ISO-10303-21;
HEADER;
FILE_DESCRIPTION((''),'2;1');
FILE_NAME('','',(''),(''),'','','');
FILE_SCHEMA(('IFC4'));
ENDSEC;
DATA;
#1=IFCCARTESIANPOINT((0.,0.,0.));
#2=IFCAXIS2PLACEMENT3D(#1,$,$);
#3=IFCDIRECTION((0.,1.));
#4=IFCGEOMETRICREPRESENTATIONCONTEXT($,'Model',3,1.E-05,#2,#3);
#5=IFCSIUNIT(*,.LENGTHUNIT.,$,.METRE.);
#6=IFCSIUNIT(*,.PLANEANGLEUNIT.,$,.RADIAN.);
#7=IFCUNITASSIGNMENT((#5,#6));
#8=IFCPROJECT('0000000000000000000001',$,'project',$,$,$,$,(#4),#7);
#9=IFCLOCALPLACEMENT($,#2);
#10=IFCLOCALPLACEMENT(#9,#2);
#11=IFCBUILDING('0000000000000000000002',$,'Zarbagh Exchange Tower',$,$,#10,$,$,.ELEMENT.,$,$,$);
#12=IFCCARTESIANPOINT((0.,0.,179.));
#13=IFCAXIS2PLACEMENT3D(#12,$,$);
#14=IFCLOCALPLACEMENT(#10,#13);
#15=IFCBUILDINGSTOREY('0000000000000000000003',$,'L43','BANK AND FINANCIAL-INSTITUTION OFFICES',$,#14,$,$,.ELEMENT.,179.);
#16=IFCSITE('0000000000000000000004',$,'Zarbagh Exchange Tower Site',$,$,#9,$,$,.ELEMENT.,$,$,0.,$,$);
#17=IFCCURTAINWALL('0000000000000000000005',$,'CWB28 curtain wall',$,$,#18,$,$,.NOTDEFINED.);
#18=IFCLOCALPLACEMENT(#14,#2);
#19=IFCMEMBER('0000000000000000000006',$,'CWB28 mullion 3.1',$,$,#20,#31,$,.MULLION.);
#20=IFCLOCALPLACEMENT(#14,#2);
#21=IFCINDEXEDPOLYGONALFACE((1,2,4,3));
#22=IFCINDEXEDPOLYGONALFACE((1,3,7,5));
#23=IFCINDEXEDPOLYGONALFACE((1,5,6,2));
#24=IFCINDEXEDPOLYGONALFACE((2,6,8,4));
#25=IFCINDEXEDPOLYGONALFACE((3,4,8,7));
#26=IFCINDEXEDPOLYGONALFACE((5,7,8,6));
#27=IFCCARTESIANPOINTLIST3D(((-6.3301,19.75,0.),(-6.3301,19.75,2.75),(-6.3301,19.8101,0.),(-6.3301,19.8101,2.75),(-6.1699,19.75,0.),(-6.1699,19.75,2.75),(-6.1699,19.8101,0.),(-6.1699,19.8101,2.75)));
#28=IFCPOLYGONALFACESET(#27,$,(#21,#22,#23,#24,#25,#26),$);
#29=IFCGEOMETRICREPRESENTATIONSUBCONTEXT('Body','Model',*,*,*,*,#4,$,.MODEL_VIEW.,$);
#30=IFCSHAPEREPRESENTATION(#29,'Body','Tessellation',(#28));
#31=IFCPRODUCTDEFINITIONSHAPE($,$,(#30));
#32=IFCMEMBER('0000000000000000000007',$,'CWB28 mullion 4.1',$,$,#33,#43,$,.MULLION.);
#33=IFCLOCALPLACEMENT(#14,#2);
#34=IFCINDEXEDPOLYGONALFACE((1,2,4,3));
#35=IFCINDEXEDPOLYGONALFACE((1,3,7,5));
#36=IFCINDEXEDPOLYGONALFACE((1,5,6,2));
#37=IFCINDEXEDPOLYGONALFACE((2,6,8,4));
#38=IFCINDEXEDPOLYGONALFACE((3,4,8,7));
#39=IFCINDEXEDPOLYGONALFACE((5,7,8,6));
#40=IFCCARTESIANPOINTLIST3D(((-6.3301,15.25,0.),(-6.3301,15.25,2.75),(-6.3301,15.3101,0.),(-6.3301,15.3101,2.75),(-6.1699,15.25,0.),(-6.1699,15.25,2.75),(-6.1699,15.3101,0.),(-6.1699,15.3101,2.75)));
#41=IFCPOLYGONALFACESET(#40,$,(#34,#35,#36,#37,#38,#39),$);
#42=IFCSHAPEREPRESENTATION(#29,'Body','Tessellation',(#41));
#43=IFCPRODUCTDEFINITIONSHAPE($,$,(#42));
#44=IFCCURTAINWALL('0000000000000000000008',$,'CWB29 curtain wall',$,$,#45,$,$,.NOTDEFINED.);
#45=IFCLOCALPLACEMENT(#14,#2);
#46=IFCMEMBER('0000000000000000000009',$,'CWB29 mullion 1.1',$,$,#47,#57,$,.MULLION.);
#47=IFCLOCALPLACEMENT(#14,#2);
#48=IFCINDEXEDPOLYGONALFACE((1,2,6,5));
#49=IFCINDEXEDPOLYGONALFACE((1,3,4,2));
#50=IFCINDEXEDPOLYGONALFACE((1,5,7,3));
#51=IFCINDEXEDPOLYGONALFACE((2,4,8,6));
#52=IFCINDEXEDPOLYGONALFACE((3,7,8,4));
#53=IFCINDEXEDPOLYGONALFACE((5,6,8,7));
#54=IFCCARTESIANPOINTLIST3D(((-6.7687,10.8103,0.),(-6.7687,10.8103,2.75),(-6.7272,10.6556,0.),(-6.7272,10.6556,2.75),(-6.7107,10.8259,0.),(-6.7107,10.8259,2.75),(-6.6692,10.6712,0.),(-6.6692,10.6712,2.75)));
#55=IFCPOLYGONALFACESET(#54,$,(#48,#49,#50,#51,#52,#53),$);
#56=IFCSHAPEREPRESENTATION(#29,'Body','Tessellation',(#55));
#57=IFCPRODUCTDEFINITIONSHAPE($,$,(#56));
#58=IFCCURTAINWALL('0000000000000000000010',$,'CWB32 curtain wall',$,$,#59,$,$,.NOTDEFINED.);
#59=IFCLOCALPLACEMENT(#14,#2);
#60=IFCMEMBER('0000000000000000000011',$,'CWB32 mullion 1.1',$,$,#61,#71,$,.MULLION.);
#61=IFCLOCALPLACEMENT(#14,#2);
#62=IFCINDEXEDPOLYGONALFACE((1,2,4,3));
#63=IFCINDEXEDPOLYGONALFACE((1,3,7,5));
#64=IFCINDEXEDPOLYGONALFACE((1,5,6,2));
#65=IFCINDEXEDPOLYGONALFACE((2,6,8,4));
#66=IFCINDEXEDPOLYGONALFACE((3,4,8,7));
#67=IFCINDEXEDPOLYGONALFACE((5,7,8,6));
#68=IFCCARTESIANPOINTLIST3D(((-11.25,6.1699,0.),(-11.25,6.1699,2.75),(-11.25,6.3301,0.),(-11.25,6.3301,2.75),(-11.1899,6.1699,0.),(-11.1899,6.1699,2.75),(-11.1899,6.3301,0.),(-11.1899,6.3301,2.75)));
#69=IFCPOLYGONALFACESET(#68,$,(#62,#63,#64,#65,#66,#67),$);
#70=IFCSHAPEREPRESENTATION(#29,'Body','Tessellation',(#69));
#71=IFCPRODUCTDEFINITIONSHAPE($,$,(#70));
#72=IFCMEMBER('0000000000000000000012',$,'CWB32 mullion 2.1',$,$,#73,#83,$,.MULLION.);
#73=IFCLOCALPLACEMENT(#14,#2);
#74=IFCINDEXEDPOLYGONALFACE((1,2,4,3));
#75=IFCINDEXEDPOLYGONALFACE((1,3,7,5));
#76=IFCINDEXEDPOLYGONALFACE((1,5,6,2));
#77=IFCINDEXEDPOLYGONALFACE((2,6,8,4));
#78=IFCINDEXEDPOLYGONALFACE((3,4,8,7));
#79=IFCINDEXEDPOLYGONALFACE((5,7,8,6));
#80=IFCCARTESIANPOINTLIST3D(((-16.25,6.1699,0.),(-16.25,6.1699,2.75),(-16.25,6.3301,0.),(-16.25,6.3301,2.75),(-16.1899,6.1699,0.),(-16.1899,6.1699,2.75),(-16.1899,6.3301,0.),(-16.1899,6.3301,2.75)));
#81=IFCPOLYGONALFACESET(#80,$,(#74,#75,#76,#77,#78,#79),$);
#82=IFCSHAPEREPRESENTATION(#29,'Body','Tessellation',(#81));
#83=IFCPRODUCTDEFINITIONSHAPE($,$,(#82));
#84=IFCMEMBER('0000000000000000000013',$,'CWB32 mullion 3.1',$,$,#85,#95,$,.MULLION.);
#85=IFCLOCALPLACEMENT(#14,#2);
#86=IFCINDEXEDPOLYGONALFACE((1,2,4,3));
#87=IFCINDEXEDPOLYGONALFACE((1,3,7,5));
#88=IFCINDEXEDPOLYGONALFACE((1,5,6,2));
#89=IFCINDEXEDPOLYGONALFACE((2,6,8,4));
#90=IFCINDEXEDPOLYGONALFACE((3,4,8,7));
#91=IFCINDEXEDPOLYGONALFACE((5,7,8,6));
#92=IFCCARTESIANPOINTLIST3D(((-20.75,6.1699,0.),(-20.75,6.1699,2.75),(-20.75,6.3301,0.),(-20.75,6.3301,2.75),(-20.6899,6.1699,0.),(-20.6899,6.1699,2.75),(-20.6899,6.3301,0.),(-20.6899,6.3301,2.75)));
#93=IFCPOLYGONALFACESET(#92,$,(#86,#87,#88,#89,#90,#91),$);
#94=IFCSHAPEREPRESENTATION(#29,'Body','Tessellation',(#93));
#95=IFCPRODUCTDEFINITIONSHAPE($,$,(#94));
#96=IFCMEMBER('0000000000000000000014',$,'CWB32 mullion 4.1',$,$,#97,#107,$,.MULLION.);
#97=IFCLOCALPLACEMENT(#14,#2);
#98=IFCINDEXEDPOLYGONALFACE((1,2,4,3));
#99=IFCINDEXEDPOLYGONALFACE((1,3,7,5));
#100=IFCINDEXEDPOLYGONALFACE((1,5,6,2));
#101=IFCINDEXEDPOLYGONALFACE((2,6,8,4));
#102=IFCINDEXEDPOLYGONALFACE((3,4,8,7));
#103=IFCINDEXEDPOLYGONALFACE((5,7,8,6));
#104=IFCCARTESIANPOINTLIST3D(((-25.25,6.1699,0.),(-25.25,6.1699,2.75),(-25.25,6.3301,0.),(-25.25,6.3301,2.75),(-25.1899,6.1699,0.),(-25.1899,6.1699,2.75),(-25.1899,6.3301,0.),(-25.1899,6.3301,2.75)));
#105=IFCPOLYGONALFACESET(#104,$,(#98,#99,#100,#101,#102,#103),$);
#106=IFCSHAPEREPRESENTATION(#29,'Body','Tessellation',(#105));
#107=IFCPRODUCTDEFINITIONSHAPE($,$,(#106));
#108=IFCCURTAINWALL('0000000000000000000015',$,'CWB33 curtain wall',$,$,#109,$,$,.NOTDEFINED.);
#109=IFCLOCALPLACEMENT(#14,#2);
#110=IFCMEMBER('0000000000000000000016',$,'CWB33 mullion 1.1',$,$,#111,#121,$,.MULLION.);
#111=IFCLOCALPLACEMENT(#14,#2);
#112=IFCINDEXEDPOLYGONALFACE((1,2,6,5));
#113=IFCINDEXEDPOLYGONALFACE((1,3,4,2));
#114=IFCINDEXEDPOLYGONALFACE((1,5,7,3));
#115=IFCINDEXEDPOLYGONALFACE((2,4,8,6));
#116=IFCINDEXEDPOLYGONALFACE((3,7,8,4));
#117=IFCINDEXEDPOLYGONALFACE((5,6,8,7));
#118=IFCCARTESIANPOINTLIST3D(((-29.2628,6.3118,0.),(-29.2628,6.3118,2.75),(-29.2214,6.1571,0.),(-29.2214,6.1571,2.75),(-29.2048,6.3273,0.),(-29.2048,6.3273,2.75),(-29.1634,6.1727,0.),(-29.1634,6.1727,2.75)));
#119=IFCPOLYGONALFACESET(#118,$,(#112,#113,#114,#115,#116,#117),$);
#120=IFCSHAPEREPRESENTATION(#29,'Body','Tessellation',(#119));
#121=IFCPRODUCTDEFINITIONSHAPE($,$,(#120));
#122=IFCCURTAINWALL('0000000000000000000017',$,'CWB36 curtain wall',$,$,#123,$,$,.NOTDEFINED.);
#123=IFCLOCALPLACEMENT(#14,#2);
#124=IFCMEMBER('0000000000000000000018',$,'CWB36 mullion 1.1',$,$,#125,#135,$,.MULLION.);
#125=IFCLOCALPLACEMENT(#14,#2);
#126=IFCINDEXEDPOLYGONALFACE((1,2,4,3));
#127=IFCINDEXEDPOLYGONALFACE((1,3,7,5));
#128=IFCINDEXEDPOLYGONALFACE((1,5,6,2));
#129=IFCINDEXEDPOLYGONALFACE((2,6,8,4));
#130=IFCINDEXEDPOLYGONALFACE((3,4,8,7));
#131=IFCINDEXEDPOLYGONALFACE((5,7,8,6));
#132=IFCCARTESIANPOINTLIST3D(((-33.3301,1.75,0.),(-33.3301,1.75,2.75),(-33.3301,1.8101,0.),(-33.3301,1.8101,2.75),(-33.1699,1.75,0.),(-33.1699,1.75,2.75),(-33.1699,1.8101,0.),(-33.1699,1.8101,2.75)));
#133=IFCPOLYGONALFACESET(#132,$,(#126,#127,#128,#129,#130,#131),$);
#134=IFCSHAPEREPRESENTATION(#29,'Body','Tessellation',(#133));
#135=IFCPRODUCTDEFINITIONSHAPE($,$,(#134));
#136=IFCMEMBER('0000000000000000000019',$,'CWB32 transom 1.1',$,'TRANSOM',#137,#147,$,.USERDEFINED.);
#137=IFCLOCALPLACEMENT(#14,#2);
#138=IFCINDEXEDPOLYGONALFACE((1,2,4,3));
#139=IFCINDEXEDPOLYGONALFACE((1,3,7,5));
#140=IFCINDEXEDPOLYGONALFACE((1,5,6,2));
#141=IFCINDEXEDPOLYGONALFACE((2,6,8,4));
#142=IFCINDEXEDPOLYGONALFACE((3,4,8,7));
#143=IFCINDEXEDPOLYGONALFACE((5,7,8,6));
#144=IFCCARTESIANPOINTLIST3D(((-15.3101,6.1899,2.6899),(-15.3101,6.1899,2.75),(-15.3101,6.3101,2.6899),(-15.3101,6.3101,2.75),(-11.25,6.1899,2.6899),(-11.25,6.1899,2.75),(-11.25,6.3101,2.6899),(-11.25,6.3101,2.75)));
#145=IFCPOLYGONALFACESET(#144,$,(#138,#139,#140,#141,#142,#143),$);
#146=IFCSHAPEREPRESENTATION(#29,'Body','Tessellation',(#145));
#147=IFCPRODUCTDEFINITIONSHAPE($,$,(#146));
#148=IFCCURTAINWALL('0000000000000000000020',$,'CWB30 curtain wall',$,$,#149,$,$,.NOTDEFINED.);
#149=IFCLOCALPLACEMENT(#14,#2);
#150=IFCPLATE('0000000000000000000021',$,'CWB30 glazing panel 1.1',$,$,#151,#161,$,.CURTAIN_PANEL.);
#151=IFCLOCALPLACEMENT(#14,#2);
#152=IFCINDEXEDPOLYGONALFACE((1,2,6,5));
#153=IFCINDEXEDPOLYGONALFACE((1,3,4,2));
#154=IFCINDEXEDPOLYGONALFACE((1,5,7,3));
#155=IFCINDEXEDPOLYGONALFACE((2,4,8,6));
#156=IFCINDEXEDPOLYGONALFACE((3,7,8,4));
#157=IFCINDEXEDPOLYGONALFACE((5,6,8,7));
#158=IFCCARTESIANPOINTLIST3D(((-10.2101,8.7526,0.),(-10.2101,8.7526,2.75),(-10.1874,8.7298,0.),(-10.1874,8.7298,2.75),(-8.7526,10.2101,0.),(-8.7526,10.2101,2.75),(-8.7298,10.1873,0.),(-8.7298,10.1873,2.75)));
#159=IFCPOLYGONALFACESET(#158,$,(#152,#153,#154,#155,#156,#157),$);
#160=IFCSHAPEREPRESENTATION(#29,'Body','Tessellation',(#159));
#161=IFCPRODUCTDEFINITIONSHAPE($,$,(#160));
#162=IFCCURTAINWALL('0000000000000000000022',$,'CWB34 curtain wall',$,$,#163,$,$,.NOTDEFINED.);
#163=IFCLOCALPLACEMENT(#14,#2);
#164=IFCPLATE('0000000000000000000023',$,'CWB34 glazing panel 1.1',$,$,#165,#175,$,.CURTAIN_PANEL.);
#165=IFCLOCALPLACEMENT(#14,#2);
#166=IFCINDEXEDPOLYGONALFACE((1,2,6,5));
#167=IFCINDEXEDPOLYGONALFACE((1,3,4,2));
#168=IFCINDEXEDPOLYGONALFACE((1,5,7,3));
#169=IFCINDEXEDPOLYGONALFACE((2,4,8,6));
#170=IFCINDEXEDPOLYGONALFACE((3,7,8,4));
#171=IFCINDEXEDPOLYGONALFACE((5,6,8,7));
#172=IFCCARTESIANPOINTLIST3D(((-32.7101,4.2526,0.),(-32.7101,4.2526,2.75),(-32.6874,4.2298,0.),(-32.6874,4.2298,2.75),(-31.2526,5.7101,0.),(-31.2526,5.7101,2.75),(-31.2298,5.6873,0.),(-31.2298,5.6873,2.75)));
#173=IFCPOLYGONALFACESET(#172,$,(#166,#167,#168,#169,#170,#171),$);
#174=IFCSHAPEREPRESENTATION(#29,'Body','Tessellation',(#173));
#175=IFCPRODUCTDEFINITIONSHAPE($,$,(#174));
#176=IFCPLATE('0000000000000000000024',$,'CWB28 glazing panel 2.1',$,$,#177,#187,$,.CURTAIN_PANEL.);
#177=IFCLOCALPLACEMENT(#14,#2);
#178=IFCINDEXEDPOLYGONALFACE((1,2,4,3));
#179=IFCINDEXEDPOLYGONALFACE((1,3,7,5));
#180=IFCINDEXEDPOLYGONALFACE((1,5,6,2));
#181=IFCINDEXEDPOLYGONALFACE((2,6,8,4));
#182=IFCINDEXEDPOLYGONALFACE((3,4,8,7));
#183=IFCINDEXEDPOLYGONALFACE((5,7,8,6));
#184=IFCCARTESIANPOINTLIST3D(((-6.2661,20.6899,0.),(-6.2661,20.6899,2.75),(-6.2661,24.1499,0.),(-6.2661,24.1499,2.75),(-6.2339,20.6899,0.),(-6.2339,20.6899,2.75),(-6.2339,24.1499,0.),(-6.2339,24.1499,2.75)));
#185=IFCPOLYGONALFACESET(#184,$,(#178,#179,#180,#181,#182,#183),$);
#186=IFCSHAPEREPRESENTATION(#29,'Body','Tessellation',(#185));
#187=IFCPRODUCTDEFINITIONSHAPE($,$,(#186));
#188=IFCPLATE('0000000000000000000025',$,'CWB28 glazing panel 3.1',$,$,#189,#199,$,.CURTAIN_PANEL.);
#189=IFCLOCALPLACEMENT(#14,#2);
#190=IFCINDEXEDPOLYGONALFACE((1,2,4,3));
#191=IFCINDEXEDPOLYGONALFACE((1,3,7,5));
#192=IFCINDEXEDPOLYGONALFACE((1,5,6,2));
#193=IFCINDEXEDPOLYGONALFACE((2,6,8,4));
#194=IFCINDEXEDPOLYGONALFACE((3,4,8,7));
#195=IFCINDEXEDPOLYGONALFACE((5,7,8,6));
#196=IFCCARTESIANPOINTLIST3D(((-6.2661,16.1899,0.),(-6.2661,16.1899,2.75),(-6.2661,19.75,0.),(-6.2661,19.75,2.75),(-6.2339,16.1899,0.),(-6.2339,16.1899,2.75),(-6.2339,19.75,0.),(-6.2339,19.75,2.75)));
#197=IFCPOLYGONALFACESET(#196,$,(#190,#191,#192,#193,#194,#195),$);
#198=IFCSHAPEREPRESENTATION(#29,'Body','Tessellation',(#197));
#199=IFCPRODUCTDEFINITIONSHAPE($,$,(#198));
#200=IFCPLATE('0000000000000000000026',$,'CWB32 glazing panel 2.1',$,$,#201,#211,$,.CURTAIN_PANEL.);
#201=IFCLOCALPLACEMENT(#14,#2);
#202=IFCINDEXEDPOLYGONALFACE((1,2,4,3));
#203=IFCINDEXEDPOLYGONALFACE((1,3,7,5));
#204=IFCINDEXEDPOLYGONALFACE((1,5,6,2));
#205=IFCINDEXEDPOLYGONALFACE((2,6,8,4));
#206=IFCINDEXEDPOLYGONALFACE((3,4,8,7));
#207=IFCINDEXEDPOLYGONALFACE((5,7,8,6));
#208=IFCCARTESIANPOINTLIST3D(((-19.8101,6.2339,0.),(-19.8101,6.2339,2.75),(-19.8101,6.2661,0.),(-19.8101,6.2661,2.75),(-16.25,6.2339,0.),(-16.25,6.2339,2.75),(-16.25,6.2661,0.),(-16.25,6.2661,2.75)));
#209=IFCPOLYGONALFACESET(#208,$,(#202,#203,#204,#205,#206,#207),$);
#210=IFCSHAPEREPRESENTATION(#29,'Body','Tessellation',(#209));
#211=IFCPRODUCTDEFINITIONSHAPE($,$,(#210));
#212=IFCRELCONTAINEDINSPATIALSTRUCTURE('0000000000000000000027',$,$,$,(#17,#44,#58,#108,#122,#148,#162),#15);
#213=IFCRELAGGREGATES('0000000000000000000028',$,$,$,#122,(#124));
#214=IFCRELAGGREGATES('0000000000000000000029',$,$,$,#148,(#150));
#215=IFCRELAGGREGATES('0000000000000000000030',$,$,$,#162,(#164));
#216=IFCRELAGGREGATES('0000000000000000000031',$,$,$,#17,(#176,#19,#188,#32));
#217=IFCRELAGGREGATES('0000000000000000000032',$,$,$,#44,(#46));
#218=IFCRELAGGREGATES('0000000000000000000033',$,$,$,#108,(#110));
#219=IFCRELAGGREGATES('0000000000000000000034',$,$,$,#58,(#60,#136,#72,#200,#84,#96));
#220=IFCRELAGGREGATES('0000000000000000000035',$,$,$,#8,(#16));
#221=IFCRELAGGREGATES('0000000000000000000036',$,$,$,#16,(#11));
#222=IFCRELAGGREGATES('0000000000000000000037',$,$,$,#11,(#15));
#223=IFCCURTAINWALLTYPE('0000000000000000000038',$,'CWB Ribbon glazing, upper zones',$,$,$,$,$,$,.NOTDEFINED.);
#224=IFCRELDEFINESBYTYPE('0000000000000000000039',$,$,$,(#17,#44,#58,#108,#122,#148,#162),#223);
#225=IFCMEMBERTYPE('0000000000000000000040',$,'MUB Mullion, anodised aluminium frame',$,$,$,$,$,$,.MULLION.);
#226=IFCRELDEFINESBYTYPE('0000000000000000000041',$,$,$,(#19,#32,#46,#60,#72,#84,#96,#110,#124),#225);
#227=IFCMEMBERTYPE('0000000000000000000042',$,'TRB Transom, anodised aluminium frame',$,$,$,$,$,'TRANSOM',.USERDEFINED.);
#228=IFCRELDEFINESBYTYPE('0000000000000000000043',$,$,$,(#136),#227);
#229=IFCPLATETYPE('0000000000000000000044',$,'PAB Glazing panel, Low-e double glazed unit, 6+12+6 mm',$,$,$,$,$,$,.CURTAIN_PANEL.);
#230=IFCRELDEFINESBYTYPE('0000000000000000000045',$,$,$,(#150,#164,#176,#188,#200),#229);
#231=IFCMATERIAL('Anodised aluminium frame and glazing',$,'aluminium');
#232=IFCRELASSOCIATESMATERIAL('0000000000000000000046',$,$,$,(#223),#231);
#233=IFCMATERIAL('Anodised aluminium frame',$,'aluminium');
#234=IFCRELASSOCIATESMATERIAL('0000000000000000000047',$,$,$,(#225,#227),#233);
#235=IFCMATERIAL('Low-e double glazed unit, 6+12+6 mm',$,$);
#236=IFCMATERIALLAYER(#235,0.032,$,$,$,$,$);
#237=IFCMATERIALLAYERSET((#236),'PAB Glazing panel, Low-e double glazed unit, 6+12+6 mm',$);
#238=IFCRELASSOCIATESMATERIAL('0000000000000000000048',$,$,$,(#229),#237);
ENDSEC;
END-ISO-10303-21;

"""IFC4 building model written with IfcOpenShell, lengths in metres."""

from ifc_helpers import new_model, si_unit, direction, frame, origin, place, context, subcontext, project, spatial, polyline, outline, extrude, source, transform, mapped, material, layer, layer_set, type_object, element, aggregate, save


model = new_model("IFC4")

# Units and contexts
model_context = context("Model", 3, precision=1e-05, world=origin(), true_north=direction((0.0, 1.0)))
body_context = subcontext(model_context, "Body", "Model", "MODEL_VIEW")
ifc_project = project(units=[si_unit("LENGTHUNIT", "METRE"), si_unit("PLANEANGLEUNIT", "RADIAN")], contexts=[model_context])

# Site, building, storey
site_placement = place(None, origin())
site = spatial("IfcSite", under=ifc_project, at=site_placement, Name="Zarbagh Exchange Tower Site", CompositionType="ELEMENT", RefElevation=0.0)
building_placement = place(site_placement, origin())
building = spatial("IfcBuilding", under=site, at=building_placement, Name="Zarbagh Exchange Tower", CompositionType="ELEMENT")
storey_placement = place(building_placement, frame((0.0, 0.0, 179.0)))
storey = spatial("IfcBuildingStorey", under=building, at=storey_placement, Name="L43", Description="BANK AND FINANCIAL-INSTITUTION OFFICES", CompositionType="ELEMENT", Elevation=179.0)

# Curtain wall, members
ifc_material_1 = material(Name="Anodised aluminium frame and glazing", Category="aluminium")
curtain_wall_type = type_object("IfcCurtainWallType", Name="CWB Ribbon glazing, upper zones", PredefinedType="NOTDEFINED", material=ifc_material_1)
curtain_wall_1_placement = place(storey_placement, origin())
curtain_wall_1 = element("IfcCurtainWall", 1, at=curtain_wall_1_placement, inside=storey, type_object=curtain_wall_type, Name="CWB28 curtain wall", PredefinedType="NOTDEFINED")
ifc_material_2 = material(Name="Anodised aluminium frame", Category="aluminium")
member_type_1 = type_object("IfcMemberType", Name="MUB Mullion, anodised aluminium frame", PredefinedType="MULLION", material=ifc_material_2)
shared_shape_1 = source(origin(), body_context, "Body", "SweptSolid", [
    extrude(outline(polyline([(0.0, -0.0801), (0.0601, -0.0801), (0.0601, 0.0801), (0.0, 0.0801), (0.0, -0.0801)])), origin(), (0.0, 0.0, 1.0), 2.75),
])
placement = place(storey_placement, origin())
member_1 = element("IfcMember", 2, at=placement, type_object=member_type_1, Name="CWB28 mullion 3.1", PredefinedType="MULLION", context=body_context, shape_type="MappedRepresentation", body=[
    mapped(shared_shape_1, transform((-6.25, 19.8101, 0.0), x_axis=(0.0, -1.0, 0.0), y_axis=(1.0, 0.0, 0.0), z_axis=(0.0, 0.0, 1.0))),
])
member_2 = element("IfcMember", 3, at=placement, type_object=member_type_1, Name="CWB28 mullion 4.1", PredefinedType="MULLION", context=body_context, shape_type="MappedRepresentation", body=[
    mapped(shared_shape_1, transform((-6.25, 15.3101, 0.0), x_axis=(0.0, -1.0, 0.0), y_axis=(1.0, 0.0, 0.0), z_axis=(0.0, 0.0, 1.0))),
])

# Curtain wall, member
curtain_wall_2_placement = place(storey_placement, origin())
curtain_wall_2 = element("IfcCurtainWall", 4, at=curtain_wall_2_placement, inside=storey, type_object=curtain_wall_type, Name="CWB29 curtain wall", PredefinedType="NOTDEFINED")
member_3 = element("IfcMember", 5, at=placement, type_object=member_type_1, Name="CWB29 mullion 1.1", PredefinedType="MULLION", context=body_context, shape_type="MappedRepresentation", body=[
    mapped(shared_shape_1, transform((-6.6899, 10.7485, 0.0), x_axis=(-0.965924, -0.258825, 0.0), y_axis=(0.258825, -0.965924, 0.0), z_axis=(0.0, 0.0, 1.0))),
])

# Curtain wall, members
curtain_wall_3_placement = place(storey_placement, origin())
curtain_wall_3 = element("IfcCurtainWall", 6, at=curtain_wall_3_placement, inside=storey, type_object=curtain_wall_type, Name="CWB32 curtain wall", PredefinedType="NOTDEFINED")
member_4 = element("IfcMember", 7, at=placement, type_object=member_type_1, Name="CWB32 mullion 1.1", PredefinedType="MULLION", context=body_context, shape_type="MappedRepresentation", body=[
    mapped(shared_shape_1, transform((-11.1899, 6.25, 0.0), x_axis=(-1.0, 0.0, 0.0), y_axis=(0.0, -1.0, 0.0), z_axis=(0.0, 0.0, 1.0))),
])
member_5 = element("IfcMember", 8, at=placement, type_object=member_type_1, Name="CWB32 mullion 2.1", PredefinedType="MULLION", context=body_context, shape_type="MappedRepresentation", body=[
    mapped(shared_shape_1, transform((-16.1899, 6.25, 0.0), x_axis=(-1.0, 0.0, 0.0), y_axis=(0.0, -1.0, 0.0), z_axis=(0.0, 0.0, 1.0))),
])
member_6 = element("IfcMember", 9, at=placement, type_object=member_type_1, Name="CWB32 mullion 3.1", PredefinedType="MULLION", context=body_context, shape_type="MappedRepresentation", body=[
    mapped(shared_shape_1, transform((-20.6899, 6.25, 0.0), x_axis=(-1.0, 0.0, 0.0), y_axis=(0.0, -1.0, 0.0), z_axis=(0.0, 0.0, 1.0))),
])
member_7 = element("IfcMember", 10, at=placement, type_object=member_type_1, Name="CWB32 mullion 4.1", PredefinedType="MULLION", context=body_context, shape_type="MappedRepresentation", body=[
    mapped(shared_shape_1, transform((-25.1899, 6.25, 0.0), x_axis=(-1.0, 0.0, 0.0), y_axis=(0.0, -1.0, 0.0), z_axis=(0.0, 0.0, 1.0))),
])

# Curtain walls, members
curtain_wall_4_placement = place(storey_placement, origin())
curtain_wall_4 = element("IfcCurtainWall", 11, at=curtain_wall_4_placement, inside=storey, type_object=curtain_wall_type, Name="CWB33 curtain wall", PredefinedType="NOTDEFINED")
member_8 = element("IfcMember", 12, at=placement, type_object=member_type_1, Name="CWB33 mullion 1.1", PredefinedType="MULLION", context=body_context, shape_type="MappedRepresentation", body=[
    mapped(shared_shape_1, transform((-29.1841, 6.25, 0.0), x_axis=(-0.965924, -0.258825, 0.0), y_axis=(0.258825, -0.965924, 0.0), z_axis=(0.0, 0.0, 1.0))),
])
curtain_wall_5_placement = place(storey_placement, origin())
curtain_wall_5 = element("IfcCurtainWall", 13, at=curtain_wall_5_placement, inside=storey, type_object=curtain_wall_type, Name="CWB36 curtain wall", PredefinedType="NOTDEFINED")
member_9 = element("IfcMember", 14, at=placement, type_object=member_type_1, Name="CWB36 mullion 1.1", PredefinedType="MULLION", context=body_context, shape_type="MappedRepresentation", body=[
    mapped(shared_shape_1, transform((-33.25, 1.8101, 0.0), x_axis=(0.0, -1.0, 0.0), y_axis=(1.0, 0.0, 0.0), z_axis=(0.0, 0.0, 1.0))),
])
aggregate(curtain_wall_5, [member_9])

# Member
member_type_2 = type_object("IfcMemberType", Name="TRB Transom, anodised aluminium frame", ElementType="TRANSOM", PredefinedType="USERDEFINED", material=ifc_material_2)
shared_shape_2 = source(origin(), body_context, "Body", "SweptSolid", [
    extrude(outline(polyline([(-0.0601, -0.0601), (0.0, -0.0601), (0.0, 0.0601), (-0.0601, 0.0601), (-0.0601, -0.0601)])), origin(), (0.0, 0.0, 1.0), 4.0601),
])
member_10 = element("IfcMember", 15, at=placement, type_object=member_type_2, Name="CWB32 transom 1.1", ObjectType="TRANSOM", PredefinedType="USERDEFINED", context=body_context, shape_type="MappedRepresentation", body=[
    mapped(shared_shape_2, transform((-11.25, 6.25, 2.75), x_axis=(0.0, 0.0, 1.0), y_axis=(0.0, 1.0, 0.0), z_axis=(-1.0, 0.0, 0.0))),
])

# Curtain walls, plates
curtain_wall_6_placement = place(storey_placement, origin())
curtain_wall_6 = element("IfcCurtainWall", 16, at=curtain_wall_6_placement, inside=storey, type_object=curtain_wall_type, Name="CWB30 curtain wall", PredefinedType="NOTDEFINED")
ifc_material_3 = material(Name="Low-e double glazed unit, 6+12+6 mm")
ifc_layer = layer(ifc_material_3, 0.032)
ifc_layer_set = layer_set([ifc_layer], Name="PAB Glazing panel, Low-e double glazed unit, 6+12+6 mm")
plate_type = type_object("IfcPlateType", Name="PAB Glazing panel, Low-e double glazed unit, 6+12+6 mm", PredefinedType="CURTAIN_PANEL", material=ifc_layer_set)
shared_shape_3 = source(origin(), body_context, "Body", "SweptSolid", [
    extrude(outline(polyline([(0.0, -0.0161), (2.0613, -0.0161), (2.0613, 0.0161), (0.0, 0.0161), (0.0, -0.0161)])), origin(), (0.0, 0.0, 1.0), 2.75),
])
plate_1 = element("IfcPlate", 17, at=placement, type_object=plate_type, Name="CWB30 glazing panel 1.1", PredefinedType="CURTAIN_PANEL", context=body_context, shape_type="MappedRepresentation", body=[
    mapped(shared_shape_3, transform((-8.7412, 10.1987, 0.0), x_axis=(-0.707107, -0.707107, 0.0), y_axis=(0.707107, -0.707107, 0.0), z_axis=(0.0, 0.0, 1.0))),
])
aggregate(curtain_wall_6, [plate_1])
curtain_wall_7_placement = place(storey_placement, origin())
curtain_wall_7 = element("IfcCurtainWall", 18, at=curtain_wall_7_placement, inside=storey, type_object=curtain_wall_type, Name="CWB34 curtain wall", PredefinedType="NOTDEFINED")
plate_2 = element("IfcPlate", 19, at=placement, type_object=plate_type, Name="CWB34 glazing panel 1.1", PredefinedType="CURTAIN_PANEL", context=body_context, shape_type="MappedRepresentation", body=[
    mapped(shared_shape_3, transform((-31.2412, 5.6987, 0.0), x_axis=(-0.707107, -0.707107, 0.0), y_axis=(0.707107, -0.707107, 0.0), z_axis=(0.0, 0.0, 1.0))),
])
aggregate(curtain_wall_7, [plate_2])

# Plates
shared_shape_4 = source(origin(), body_context, "Body", "SweptSolid", [
    extrude(outline(polyline([(0.0, -0.0161), (3.46, -0.0161), (3.46, 0.0161), (0.0, 0.0161), (0.0, -0.0161)])), origin(), (0.0, 0.0, 1.0), 2.75),
])
plate_3 = element("IfcPlate", 20, at=placement, type_object=plate_type, Name="CWB28 glazing panel 2.1", PredefinedType="CURTAIN_PANEL", context=body_context, shape_type="MappedRepresentation", body=[
    mapped(shared_shape_4, transform((-6.25, 24.1499, 0.0), x_axis=(0.0, -1.0, 0.0), y_axis=(1.0, 0.0, 0.0), z_axis=(0.0, 0.0, 1.0))),
])
shared_shape_5 = source(origin(), body_context, "Body", "SweptSolid", [
    extrude(outline(polyline([(0.0, -0.0161), (3.5601, -0.0161), (3.5601, 0.0161), (0.0, 0.0161), (0.0, -0.0161)])), origin(), (0.0, 0.0, 1.0), 2.75),
])
plate_4 = element("IfcPlate", 21, at=placement, type_object=plate_type, Name="CWB28 glazing panel 3.1", PredefinedType="CURTAIN_PANEL", context=body_context, shape_type="MappedRepresentation", body=[
    mapped(shared_shape_5, transform((-6.25, 19.75, 0.0), x_axis=(0.0, -1.0, 0.0), y_axis=(1.0, 0.0, 0.0), z_axis=(0.0, 0.0, 1.0))),
])
plate_5 = element("IfcPlate", 22, at=placement, type_object=plate_type, Name="CWB32 glazing panel 2.1", PredefinedType="CURTAIN_PANEL", context=body_context, shape_type="MappedRepresentation", body=[
    mapped(shared_shape_5, transform((-16.25, 6.25, 0.0), x_axis=(-1.0, 0.0, 0.0), y_axis=(0.0, -1.0, 0.0), z_axis=(0.0, 0.0, 1.0))),
])
aggregate(curtain_wall_1, [plate_3, member_1, plate_4, member_2])
aggregate(curtain_wall_2, [member_3])

aggregate(curtain_wall_4, [member_8])
aggregate(curtain_wall_3, [member_4, member_10, member_5, plate_5, member_6, member_7])

save(model, "model.ifc")
